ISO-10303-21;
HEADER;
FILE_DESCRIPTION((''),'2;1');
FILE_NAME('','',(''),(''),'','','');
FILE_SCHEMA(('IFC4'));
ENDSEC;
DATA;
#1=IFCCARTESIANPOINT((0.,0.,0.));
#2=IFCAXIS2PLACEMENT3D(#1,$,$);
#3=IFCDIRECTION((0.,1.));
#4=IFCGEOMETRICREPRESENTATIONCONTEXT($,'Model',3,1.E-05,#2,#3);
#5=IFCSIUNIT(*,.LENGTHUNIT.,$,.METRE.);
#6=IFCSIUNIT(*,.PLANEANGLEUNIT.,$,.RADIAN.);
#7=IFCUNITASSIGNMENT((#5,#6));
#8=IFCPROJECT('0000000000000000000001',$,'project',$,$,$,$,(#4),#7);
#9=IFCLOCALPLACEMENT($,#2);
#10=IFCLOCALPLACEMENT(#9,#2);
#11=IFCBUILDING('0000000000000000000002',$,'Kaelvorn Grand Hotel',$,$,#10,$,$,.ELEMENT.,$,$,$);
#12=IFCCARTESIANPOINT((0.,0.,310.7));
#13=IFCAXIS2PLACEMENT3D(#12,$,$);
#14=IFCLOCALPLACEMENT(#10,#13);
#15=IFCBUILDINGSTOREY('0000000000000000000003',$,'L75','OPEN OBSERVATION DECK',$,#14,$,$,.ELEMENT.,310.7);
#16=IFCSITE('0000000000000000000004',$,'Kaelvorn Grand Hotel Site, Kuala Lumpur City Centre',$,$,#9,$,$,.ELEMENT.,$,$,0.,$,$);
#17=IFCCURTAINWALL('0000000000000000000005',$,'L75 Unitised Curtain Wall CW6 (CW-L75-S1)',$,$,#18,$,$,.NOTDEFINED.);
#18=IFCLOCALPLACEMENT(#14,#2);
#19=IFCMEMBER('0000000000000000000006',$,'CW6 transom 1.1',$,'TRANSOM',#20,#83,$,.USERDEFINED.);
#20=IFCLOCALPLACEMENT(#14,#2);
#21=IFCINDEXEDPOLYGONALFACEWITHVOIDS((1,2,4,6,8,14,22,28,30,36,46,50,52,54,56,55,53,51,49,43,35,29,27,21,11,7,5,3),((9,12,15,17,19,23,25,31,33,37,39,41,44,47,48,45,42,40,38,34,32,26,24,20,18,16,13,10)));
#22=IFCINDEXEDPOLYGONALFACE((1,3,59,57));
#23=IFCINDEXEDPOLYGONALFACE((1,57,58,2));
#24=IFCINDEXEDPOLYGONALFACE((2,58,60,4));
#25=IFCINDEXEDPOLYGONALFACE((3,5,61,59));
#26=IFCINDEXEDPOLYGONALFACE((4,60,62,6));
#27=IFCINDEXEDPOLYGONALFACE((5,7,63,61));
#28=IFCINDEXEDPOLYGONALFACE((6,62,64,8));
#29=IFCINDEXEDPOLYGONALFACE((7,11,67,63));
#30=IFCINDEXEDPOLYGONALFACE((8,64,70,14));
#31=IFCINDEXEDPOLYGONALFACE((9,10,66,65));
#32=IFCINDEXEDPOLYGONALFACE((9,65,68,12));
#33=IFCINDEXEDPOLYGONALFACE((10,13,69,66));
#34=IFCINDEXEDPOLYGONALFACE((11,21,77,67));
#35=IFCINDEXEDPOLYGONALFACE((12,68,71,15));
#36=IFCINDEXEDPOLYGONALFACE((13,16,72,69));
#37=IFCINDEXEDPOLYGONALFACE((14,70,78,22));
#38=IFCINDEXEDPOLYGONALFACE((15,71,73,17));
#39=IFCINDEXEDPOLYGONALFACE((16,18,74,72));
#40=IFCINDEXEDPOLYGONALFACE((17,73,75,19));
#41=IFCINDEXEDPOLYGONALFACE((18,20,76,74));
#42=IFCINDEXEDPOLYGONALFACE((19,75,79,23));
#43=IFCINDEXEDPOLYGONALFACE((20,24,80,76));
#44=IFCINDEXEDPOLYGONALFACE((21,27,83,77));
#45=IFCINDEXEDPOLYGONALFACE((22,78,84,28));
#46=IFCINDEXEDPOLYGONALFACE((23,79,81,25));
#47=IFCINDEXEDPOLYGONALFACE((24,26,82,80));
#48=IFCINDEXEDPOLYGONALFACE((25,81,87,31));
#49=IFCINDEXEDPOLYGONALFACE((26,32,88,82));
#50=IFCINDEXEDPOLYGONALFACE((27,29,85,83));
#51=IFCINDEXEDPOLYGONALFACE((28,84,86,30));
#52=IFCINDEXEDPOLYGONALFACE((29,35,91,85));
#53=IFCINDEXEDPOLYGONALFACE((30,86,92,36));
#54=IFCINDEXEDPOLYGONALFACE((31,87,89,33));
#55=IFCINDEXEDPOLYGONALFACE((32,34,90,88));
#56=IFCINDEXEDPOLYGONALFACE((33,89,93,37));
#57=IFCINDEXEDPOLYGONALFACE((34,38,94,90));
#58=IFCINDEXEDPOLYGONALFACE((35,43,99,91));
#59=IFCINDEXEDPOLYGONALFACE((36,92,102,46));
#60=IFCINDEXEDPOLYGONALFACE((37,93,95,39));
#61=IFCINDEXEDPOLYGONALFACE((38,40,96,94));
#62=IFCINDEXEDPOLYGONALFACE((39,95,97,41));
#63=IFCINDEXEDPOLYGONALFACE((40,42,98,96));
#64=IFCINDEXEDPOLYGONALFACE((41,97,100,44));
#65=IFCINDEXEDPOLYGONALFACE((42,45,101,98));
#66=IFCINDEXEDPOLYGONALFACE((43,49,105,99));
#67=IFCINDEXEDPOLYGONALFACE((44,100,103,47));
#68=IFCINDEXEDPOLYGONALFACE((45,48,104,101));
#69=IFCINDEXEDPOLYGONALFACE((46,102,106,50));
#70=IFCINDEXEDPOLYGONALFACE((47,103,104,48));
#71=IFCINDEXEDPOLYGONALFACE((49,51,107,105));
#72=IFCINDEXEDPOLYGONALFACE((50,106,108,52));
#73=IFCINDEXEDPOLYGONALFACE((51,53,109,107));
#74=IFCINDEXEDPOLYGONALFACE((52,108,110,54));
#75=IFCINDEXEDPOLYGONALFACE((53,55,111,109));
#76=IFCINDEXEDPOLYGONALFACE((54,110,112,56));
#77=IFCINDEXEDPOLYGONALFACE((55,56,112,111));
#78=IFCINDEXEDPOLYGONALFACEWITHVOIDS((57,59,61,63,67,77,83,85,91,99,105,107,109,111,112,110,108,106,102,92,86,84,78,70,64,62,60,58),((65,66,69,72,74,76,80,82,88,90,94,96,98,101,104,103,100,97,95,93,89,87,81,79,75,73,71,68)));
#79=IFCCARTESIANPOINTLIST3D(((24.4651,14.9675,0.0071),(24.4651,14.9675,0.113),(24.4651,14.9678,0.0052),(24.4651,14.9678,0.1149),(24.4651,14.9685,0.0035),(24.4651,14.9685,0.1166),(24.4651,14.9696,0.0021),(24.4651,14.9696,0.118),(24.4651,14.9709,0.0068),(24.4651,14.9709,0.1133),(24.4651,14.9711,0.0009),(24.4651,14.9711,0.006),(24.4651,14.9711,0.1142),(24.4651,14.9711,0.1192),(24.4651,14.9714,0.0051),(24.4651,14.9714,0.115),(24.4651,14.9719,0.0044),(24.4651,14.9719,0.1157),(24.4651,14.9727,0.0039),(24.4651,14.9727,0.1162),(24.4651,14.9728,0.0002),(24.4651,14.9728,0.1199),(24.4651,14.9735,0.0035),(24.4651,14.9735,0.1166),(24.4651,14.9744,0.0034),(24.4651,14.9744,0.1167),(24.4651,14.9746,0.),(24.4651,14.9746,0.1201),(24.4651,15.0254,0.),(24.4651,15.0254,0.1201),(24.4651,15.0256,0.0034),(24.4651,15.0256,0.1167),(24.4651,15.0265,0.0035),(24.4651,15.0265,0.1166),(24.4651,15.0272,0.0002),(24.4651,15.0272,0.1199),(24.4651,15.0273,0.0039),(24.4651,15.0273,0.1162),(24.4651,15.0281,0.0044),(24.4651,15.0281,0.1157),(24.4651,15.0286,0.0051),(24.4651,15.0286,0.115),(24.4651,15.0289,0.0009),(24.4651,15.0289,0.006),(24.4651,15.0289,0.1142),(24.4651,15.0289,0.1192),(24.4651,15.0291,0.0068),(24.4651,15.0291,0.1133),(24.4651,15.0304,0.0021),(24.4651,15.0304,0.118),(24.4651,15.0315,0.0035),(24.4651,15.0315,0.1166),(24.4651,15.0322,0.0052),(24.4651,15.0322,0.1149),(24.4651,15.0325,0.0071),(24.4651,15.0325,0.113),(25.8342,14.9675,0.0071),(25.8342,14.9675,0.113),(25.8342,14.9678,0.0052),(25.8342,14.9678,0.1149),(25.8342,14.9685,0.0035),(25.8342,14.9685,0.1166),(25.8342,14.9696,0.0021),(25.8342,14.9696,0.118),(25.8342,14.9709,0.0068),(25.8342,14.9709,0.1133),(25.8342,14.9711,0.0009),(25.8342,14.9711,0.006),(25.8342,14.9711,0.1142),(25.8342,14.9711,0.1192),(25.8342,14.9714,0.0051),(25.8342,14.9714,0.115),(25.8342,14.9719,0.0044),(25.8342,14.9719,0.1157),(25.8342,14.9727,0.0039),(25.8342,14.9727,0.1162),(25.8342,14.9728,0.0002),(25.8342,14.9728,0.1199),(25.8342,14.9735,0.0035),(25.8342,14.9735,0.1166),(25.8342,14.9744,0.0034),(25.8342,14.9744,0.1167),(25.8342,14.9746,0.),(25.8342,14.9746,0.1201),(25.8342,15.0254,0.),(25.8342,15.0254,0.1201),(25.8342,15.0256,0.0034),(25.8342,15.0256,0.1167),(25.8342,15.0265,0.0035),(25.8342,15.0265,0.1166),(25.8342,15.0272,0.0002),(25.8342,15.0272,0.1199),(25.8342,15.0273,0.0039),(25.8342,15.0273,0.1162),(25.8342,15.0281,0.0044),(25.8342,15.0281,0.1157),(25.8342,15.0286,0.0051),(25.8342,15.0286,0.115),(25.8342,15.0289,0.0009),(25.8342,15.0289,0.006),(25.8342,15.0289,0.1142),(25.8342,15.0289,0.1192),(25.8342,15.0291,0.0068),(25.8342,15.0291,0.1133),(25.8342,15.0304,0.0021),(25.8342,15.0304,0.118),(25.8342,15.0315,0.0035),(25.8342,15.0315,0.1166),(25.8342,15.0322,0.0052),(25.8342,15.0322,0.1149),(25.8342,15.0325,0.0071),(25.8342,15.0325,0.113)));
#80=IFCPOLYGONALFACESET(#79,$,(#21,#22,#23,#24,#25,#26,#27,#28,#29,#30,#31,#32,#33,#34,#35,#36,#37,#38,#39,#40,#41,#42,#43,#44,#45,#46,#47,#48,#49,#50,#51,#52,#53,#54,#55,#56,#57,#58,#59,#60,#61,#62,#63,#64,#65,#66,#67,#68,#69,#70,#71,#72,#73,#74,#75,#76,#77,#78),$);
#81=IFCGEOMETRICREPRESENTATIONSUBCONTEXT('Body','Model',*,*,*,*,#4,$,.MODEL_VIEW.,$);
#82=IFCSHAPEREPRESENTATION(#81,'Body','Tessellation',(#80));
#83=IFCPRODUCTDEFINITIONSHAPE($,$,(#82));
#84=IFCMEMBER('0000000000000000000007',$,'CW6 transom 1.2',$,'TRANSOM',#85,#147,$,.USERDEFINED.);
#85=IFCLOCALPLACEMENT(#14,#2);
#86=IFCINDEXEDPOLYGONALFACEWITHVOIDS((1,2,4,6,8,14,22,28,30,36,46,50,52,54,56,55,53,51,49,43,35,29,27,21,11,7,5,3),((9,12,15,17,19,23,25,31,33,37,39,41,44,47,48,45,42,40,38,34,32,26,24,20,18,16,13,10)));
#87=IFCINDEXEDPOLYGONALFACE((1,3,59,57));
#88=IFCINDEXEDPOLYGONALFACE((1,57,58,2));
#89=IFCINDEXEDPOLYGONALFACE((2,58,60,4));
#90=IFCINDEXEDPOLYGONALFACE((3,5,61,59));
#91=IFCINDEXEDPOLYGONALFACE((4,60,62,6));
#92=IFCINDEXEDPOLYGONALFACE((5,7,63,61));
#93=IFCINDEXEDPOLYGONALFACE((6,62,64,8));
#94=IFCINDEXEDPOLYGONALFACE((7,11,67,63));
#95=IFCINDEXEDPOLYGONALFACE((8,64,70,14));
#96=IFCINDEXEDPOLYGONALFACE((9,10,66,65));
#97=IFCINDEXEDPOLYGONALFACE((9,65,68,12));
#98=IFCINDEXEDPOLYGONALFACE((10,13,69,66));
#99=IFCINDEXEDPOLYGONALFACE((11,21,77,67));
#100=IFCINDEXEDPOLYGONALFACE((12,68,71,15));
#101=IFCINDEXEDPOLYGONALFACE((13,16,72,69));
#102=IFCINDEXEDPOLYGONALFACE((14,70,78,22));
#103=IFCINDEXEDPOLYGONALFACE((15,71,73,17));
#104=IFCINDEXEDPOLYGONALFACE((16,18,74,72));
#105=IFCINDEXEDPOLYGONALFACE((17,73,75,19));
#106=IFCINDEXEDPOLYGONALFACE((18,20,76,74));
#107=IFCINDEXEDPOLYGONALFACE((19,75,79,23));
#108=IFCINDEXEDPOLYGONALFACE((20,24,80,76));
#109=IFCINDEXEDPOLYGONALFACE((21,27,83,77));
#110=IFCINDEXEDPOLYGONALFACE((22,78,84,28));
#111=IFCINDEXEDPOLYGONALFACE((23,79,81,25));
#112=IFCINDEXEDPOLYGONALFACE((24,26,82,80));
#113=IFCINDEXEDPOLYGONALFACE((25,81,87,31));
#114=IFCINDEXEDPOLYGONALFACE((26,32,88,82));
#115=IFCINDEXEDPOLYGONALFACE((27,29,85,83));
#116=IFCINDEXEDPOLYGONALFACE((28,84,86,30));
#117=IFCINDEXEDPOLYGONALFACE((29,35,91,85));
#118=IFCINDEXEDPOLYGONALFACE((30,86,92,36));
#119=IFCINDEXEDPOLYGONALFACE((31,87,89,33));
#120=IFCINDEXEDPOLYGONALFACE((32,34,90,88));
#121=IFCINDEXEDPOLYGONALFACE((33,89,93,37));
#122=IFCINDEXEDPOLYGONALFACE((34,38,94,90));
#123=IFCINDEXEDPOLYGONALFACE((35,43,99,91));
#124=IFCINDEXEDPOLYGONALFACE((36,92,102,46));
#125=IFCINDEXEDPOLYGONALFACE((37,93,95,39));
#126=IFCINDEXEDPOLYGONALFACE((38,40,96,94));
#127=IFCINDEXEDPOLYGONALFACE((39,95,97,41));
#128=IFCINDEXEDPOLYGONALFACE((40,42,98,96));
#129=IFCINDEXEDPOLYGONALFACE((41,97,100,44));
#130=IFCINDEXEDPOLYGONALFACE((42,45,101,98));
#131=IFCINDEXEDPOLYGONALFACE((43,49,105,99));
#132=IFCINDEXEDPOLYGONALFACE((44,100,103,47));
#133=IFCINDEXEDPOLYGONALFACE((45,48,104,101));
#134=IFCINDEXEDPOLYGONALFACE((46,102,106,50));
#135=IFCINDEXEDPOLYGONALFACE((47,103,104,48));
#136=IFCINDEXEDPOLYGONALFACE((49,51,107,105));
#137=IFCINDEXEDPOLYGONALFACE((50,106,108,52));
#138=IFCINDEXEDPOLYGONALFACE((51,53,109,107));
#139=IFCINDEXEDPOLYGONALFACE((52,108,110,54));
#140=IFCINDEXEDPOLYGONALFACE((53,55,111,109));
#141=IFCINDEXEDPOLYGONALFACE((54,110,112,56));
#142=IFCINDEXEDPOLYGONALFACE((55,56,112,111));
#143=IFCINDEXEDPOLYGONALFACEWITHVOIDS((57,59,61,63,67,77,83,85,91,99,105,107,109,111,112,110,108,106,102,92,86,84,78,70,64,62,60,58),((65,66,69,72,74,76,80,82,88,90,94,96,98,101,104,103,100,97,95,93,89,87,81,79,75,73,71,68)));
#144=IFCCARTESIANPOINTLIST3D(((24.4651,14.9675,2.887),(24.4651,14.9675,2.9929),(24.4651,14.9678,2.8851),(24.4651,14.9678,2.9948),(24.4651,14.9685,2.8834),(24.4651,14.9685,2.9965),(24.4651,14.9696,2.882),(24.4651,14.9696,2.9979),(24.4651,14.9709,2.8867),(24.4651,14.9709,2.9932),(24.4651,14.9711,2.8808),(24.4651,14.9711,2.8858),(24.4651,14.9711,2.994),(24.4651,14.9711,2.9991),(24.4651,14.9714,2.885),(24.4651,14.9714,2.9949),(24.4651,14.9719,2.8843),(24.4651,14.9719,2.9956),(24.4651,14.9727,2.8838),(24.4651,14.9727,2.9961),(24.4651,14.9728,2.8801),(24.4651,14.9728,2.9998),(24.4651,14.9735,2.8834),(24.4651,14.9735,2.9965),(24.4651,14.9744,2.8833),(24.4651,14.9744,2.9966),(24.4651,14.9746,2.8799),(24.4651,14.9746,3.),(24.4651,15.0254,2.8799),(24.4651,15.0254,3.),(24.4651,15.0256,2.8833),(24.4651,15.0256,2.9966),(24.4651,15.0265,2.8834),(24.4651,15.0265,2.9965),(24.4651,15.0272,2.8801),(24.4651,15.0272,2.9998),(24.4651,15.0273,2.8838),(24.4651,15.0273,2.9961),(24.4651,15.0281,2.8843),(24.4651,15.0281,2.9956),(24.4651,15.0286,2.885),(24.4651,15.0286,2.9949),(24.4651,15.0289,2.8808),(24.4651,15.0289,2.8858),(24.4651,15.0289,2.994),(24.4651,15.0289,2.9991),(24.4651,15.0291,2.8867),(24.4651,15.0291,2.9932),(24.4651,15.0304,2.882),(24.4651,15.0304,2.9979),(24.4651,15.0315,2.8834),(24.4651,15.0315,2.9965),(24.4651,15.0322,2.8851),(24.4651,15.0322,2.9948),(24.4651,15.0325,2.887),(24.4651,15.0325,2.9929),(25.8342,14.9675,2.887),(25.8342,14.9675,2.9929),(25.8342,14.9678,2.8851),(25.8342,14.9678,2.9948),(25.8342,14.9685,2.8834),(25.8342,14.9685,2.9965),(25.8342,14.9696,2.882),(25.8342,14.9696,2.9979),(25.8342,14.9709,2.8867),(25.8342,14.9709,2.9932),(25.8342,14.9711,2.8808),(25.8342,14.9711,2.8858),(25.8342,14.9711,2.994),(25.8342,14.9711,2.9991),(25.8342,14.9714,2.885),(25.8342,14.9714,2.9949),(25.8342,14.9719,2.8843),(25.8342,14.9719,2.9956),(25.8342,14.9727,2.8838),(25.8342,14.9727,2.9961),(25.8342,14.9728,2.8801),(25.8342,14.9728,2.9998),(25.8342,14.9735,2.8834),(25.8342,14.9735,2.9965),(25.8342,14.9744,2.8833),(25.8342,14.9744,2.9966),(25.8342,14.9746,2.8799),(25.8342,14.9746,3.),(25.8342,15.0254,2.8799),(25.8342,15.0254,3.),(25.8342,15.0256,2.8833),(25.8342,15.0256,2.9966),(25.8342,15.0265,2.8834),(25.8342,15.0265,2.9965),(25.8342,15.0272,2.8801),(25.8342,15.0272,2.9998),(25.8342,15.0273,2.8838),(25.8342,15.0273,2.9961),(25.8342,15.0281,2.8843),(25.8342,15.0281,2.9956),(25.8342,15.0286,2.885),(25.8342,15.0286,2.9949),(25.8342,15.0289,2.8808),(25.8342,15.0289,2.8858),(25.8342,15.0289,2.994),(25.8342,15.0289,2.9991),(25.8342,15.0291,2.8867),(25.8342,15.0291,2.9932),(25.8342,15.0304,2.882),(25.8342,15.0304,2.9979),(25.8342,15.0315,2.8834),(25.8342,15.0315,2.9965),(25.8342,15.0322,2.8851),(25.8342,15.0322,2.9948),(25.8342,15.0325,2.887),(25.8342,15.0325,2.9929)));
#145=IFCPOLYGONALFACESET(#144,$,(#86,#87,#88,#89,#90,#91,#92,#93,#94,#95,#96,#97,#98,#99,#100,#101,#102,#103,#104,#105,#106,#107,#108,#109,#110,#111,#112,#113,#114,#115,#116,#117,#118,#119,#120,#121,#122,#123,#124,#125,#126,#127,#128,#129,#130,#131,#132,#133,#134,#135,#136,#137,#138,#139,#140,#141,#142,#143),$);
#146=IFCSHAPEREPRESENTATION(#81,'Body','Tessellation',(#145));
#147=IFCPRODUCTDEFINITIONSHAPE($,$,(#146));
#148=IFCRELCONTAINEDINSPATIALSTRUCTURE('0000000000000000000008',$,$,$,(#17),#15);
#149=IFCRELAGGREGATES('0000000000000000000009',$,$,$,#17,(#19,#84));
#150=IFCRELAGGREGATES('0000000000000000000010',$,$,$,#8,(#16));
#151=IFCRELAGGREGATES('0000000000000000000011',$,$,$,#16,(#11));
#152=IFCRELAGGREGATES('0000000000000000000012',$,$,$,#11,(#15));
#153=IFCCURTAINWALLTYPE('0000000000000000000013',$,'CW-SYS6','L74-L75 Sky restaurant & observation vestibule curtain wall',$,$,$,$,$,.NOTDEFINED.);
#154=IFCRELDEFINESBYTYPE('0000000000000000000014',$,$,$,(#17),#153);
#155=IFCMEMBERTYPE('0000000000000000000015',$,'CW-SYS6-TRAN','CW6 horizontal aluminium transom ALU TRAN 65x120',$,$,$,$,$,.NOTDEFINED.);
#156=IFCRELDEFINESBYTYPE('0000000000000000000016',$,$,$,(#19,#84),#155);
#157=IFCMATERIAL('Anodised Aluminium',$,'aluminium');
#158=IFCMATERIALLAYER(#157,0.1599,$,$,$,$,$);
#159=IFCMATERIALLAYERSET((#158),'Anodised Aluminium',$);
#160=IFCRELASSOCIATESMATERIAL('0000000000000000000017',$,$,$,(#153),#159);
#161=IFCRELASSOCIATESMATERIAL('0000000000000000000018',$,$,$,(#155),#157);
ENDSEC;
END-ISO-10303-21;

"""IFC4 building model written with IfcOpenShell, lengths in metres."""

from ifc_helpers import new_model, si_unit, direction, frame, origin, origin_2d, place, context, subcontext, project, spatial, hollow_rectangle, extrude, material, layer, layer_set, material_profile, profile_set, type_object, element, aggregate, save


model = new_model("IFC4")

# Units and contexts
model_context = context("Model", 3, precision=1e-05, world=origin(), true_north=direction((0.0, 1.0)))
body_context = subcontext(model_context, "Body", "Model", "MODEL_VIEW")
ifc_project = project(units=[si_unit("LENGTHUNIT", "METRE"), si_unit("PLANEANGLEUNIT", "RADIAN")], contexts=[model_context])

# Site, building, storey
site_placement = place(None, origin())
site = spatial("IfcSite", under=ifc_project, at=site_placement, Name="Kaelvorn Grand Hotel Site, Kuala Lumpur City Centre", CompositionType="ELEMENT", RefElevation=0.0)
building_placement = place(site_placement, origin())
building = spatial("IfcBuilding", under=site, at=building_placement, Name="Kaelvorn Grand Hotel", CompositionType="ELEMENT")
storey_placement = place(building_placement, frame((0.0, 0.0, 310.7)))
storey = spatial("IfcBuildingStorey", under=building, at=storey_placement, Name="L75", Description="OPEN OBSERVATION DECK", CompositionType="ELEMENT", Elevation=310.7)

# Curtain wall
ifc_material_1 = material(Name="Anodised Aluminium", Category="aluminium")
ifc_layer_1 = layer(ifc_material_1, 0.1599)
ifc_layer_set_1 = layer_set([ifc_layer_1], Name="Anodised Aluminium")
curtain_wall_type = type_object("IfcCurtainWallType", Name="CW-SYS6", Description="L74-L75 Sky restaurant & observation vestibule curtain wall", PredefinedType="NOTDEFINED", material=ifc_layer_set_1)
curtain_wall_1_placement = place(storey_placement, origin())
curtain_wall_1 = element("IfcCurtainWall", 1, at=curtain_wall_1_placement, inside=storey, type_object=curtain_wall_type, Name="L75 Unitised Curtain Wall CW6 (CW-L75-S1)", PredefinedType="NOTDEFINED")

# Members
ifc_material_profile_1 = material_profile(ifc_material_1, hollow_rectangle(XDim=0.0649, YDim=0.1201, WallThickness=0.0034, InnerFilletRadius=0.0034, OuterFilletRadius=0.0071, at=origin_2d()), Name="ALU TRAN 65x120")
ifc_profile_set_1 = profile_set([ifc_material_profile_1], Name="Anodised Aluminium")
member_type_1 = type_object("IfcMemberType", Name="CW-SYS6-TRAN", Description="CW6 horizontal aluminium transom ALU TRAN 65x120", PredefinedType="NOTDEFINED", material=ifc_profile_set_1)
member_1_placement = place(storey_placement, frame((24.4651, 15.0, 0.0601), z_axis=(1.0, 0.0, 0.0), x_axis=(0.0, 1.0, 0.0)))
member_1 = element("IfcMember", 2, at=member_1_placement, type_object=member_type_1, Name="CW6 transom 1.1", ObjectType="TRANSOM", PredefinedType="USERDEFINED", context=body_context, shape_type="SweptSolid", body=[
    extrude(hollow_rectangle(XDim=0.0649, YDim=0.1201, WallThickness=0.0034, InnerFilletRadius=0.0034, OuterFilletRadius=0.0071, at=origin_2d()), origin(), (0.0, 0.0, 1.0), 1.3691),
])
member_2_placement = place(storey_placement, frame((24.4651, 15.0, 2.9399), z_axis=(1.0, 0.0, 0.0), x_axis=(0.0, 1.0, 0.0)))
member_2 = element("IfcMember", 3, at=member_2_placement, type_object=member_type_1, Name="CW6 transom 1.2", ObjectType="TRANSOM", PredefinedType="USERDEFINED", context=body_context, shape_type="SweptSolid", body=[
    extrude(hollow_rectangle(XDim=0.0649, YDim=0.1201, WallThickness=0.0034, InnerFilletRadius=0.0034, OuterFilletRadius=0.0071, at=origin_2d()), origin(), (0.0, 0.0, 1.0), 1.3691),
])

aggregate(curtain_wall_1, [member_1, member_2])

save(model, "model.ifc")
